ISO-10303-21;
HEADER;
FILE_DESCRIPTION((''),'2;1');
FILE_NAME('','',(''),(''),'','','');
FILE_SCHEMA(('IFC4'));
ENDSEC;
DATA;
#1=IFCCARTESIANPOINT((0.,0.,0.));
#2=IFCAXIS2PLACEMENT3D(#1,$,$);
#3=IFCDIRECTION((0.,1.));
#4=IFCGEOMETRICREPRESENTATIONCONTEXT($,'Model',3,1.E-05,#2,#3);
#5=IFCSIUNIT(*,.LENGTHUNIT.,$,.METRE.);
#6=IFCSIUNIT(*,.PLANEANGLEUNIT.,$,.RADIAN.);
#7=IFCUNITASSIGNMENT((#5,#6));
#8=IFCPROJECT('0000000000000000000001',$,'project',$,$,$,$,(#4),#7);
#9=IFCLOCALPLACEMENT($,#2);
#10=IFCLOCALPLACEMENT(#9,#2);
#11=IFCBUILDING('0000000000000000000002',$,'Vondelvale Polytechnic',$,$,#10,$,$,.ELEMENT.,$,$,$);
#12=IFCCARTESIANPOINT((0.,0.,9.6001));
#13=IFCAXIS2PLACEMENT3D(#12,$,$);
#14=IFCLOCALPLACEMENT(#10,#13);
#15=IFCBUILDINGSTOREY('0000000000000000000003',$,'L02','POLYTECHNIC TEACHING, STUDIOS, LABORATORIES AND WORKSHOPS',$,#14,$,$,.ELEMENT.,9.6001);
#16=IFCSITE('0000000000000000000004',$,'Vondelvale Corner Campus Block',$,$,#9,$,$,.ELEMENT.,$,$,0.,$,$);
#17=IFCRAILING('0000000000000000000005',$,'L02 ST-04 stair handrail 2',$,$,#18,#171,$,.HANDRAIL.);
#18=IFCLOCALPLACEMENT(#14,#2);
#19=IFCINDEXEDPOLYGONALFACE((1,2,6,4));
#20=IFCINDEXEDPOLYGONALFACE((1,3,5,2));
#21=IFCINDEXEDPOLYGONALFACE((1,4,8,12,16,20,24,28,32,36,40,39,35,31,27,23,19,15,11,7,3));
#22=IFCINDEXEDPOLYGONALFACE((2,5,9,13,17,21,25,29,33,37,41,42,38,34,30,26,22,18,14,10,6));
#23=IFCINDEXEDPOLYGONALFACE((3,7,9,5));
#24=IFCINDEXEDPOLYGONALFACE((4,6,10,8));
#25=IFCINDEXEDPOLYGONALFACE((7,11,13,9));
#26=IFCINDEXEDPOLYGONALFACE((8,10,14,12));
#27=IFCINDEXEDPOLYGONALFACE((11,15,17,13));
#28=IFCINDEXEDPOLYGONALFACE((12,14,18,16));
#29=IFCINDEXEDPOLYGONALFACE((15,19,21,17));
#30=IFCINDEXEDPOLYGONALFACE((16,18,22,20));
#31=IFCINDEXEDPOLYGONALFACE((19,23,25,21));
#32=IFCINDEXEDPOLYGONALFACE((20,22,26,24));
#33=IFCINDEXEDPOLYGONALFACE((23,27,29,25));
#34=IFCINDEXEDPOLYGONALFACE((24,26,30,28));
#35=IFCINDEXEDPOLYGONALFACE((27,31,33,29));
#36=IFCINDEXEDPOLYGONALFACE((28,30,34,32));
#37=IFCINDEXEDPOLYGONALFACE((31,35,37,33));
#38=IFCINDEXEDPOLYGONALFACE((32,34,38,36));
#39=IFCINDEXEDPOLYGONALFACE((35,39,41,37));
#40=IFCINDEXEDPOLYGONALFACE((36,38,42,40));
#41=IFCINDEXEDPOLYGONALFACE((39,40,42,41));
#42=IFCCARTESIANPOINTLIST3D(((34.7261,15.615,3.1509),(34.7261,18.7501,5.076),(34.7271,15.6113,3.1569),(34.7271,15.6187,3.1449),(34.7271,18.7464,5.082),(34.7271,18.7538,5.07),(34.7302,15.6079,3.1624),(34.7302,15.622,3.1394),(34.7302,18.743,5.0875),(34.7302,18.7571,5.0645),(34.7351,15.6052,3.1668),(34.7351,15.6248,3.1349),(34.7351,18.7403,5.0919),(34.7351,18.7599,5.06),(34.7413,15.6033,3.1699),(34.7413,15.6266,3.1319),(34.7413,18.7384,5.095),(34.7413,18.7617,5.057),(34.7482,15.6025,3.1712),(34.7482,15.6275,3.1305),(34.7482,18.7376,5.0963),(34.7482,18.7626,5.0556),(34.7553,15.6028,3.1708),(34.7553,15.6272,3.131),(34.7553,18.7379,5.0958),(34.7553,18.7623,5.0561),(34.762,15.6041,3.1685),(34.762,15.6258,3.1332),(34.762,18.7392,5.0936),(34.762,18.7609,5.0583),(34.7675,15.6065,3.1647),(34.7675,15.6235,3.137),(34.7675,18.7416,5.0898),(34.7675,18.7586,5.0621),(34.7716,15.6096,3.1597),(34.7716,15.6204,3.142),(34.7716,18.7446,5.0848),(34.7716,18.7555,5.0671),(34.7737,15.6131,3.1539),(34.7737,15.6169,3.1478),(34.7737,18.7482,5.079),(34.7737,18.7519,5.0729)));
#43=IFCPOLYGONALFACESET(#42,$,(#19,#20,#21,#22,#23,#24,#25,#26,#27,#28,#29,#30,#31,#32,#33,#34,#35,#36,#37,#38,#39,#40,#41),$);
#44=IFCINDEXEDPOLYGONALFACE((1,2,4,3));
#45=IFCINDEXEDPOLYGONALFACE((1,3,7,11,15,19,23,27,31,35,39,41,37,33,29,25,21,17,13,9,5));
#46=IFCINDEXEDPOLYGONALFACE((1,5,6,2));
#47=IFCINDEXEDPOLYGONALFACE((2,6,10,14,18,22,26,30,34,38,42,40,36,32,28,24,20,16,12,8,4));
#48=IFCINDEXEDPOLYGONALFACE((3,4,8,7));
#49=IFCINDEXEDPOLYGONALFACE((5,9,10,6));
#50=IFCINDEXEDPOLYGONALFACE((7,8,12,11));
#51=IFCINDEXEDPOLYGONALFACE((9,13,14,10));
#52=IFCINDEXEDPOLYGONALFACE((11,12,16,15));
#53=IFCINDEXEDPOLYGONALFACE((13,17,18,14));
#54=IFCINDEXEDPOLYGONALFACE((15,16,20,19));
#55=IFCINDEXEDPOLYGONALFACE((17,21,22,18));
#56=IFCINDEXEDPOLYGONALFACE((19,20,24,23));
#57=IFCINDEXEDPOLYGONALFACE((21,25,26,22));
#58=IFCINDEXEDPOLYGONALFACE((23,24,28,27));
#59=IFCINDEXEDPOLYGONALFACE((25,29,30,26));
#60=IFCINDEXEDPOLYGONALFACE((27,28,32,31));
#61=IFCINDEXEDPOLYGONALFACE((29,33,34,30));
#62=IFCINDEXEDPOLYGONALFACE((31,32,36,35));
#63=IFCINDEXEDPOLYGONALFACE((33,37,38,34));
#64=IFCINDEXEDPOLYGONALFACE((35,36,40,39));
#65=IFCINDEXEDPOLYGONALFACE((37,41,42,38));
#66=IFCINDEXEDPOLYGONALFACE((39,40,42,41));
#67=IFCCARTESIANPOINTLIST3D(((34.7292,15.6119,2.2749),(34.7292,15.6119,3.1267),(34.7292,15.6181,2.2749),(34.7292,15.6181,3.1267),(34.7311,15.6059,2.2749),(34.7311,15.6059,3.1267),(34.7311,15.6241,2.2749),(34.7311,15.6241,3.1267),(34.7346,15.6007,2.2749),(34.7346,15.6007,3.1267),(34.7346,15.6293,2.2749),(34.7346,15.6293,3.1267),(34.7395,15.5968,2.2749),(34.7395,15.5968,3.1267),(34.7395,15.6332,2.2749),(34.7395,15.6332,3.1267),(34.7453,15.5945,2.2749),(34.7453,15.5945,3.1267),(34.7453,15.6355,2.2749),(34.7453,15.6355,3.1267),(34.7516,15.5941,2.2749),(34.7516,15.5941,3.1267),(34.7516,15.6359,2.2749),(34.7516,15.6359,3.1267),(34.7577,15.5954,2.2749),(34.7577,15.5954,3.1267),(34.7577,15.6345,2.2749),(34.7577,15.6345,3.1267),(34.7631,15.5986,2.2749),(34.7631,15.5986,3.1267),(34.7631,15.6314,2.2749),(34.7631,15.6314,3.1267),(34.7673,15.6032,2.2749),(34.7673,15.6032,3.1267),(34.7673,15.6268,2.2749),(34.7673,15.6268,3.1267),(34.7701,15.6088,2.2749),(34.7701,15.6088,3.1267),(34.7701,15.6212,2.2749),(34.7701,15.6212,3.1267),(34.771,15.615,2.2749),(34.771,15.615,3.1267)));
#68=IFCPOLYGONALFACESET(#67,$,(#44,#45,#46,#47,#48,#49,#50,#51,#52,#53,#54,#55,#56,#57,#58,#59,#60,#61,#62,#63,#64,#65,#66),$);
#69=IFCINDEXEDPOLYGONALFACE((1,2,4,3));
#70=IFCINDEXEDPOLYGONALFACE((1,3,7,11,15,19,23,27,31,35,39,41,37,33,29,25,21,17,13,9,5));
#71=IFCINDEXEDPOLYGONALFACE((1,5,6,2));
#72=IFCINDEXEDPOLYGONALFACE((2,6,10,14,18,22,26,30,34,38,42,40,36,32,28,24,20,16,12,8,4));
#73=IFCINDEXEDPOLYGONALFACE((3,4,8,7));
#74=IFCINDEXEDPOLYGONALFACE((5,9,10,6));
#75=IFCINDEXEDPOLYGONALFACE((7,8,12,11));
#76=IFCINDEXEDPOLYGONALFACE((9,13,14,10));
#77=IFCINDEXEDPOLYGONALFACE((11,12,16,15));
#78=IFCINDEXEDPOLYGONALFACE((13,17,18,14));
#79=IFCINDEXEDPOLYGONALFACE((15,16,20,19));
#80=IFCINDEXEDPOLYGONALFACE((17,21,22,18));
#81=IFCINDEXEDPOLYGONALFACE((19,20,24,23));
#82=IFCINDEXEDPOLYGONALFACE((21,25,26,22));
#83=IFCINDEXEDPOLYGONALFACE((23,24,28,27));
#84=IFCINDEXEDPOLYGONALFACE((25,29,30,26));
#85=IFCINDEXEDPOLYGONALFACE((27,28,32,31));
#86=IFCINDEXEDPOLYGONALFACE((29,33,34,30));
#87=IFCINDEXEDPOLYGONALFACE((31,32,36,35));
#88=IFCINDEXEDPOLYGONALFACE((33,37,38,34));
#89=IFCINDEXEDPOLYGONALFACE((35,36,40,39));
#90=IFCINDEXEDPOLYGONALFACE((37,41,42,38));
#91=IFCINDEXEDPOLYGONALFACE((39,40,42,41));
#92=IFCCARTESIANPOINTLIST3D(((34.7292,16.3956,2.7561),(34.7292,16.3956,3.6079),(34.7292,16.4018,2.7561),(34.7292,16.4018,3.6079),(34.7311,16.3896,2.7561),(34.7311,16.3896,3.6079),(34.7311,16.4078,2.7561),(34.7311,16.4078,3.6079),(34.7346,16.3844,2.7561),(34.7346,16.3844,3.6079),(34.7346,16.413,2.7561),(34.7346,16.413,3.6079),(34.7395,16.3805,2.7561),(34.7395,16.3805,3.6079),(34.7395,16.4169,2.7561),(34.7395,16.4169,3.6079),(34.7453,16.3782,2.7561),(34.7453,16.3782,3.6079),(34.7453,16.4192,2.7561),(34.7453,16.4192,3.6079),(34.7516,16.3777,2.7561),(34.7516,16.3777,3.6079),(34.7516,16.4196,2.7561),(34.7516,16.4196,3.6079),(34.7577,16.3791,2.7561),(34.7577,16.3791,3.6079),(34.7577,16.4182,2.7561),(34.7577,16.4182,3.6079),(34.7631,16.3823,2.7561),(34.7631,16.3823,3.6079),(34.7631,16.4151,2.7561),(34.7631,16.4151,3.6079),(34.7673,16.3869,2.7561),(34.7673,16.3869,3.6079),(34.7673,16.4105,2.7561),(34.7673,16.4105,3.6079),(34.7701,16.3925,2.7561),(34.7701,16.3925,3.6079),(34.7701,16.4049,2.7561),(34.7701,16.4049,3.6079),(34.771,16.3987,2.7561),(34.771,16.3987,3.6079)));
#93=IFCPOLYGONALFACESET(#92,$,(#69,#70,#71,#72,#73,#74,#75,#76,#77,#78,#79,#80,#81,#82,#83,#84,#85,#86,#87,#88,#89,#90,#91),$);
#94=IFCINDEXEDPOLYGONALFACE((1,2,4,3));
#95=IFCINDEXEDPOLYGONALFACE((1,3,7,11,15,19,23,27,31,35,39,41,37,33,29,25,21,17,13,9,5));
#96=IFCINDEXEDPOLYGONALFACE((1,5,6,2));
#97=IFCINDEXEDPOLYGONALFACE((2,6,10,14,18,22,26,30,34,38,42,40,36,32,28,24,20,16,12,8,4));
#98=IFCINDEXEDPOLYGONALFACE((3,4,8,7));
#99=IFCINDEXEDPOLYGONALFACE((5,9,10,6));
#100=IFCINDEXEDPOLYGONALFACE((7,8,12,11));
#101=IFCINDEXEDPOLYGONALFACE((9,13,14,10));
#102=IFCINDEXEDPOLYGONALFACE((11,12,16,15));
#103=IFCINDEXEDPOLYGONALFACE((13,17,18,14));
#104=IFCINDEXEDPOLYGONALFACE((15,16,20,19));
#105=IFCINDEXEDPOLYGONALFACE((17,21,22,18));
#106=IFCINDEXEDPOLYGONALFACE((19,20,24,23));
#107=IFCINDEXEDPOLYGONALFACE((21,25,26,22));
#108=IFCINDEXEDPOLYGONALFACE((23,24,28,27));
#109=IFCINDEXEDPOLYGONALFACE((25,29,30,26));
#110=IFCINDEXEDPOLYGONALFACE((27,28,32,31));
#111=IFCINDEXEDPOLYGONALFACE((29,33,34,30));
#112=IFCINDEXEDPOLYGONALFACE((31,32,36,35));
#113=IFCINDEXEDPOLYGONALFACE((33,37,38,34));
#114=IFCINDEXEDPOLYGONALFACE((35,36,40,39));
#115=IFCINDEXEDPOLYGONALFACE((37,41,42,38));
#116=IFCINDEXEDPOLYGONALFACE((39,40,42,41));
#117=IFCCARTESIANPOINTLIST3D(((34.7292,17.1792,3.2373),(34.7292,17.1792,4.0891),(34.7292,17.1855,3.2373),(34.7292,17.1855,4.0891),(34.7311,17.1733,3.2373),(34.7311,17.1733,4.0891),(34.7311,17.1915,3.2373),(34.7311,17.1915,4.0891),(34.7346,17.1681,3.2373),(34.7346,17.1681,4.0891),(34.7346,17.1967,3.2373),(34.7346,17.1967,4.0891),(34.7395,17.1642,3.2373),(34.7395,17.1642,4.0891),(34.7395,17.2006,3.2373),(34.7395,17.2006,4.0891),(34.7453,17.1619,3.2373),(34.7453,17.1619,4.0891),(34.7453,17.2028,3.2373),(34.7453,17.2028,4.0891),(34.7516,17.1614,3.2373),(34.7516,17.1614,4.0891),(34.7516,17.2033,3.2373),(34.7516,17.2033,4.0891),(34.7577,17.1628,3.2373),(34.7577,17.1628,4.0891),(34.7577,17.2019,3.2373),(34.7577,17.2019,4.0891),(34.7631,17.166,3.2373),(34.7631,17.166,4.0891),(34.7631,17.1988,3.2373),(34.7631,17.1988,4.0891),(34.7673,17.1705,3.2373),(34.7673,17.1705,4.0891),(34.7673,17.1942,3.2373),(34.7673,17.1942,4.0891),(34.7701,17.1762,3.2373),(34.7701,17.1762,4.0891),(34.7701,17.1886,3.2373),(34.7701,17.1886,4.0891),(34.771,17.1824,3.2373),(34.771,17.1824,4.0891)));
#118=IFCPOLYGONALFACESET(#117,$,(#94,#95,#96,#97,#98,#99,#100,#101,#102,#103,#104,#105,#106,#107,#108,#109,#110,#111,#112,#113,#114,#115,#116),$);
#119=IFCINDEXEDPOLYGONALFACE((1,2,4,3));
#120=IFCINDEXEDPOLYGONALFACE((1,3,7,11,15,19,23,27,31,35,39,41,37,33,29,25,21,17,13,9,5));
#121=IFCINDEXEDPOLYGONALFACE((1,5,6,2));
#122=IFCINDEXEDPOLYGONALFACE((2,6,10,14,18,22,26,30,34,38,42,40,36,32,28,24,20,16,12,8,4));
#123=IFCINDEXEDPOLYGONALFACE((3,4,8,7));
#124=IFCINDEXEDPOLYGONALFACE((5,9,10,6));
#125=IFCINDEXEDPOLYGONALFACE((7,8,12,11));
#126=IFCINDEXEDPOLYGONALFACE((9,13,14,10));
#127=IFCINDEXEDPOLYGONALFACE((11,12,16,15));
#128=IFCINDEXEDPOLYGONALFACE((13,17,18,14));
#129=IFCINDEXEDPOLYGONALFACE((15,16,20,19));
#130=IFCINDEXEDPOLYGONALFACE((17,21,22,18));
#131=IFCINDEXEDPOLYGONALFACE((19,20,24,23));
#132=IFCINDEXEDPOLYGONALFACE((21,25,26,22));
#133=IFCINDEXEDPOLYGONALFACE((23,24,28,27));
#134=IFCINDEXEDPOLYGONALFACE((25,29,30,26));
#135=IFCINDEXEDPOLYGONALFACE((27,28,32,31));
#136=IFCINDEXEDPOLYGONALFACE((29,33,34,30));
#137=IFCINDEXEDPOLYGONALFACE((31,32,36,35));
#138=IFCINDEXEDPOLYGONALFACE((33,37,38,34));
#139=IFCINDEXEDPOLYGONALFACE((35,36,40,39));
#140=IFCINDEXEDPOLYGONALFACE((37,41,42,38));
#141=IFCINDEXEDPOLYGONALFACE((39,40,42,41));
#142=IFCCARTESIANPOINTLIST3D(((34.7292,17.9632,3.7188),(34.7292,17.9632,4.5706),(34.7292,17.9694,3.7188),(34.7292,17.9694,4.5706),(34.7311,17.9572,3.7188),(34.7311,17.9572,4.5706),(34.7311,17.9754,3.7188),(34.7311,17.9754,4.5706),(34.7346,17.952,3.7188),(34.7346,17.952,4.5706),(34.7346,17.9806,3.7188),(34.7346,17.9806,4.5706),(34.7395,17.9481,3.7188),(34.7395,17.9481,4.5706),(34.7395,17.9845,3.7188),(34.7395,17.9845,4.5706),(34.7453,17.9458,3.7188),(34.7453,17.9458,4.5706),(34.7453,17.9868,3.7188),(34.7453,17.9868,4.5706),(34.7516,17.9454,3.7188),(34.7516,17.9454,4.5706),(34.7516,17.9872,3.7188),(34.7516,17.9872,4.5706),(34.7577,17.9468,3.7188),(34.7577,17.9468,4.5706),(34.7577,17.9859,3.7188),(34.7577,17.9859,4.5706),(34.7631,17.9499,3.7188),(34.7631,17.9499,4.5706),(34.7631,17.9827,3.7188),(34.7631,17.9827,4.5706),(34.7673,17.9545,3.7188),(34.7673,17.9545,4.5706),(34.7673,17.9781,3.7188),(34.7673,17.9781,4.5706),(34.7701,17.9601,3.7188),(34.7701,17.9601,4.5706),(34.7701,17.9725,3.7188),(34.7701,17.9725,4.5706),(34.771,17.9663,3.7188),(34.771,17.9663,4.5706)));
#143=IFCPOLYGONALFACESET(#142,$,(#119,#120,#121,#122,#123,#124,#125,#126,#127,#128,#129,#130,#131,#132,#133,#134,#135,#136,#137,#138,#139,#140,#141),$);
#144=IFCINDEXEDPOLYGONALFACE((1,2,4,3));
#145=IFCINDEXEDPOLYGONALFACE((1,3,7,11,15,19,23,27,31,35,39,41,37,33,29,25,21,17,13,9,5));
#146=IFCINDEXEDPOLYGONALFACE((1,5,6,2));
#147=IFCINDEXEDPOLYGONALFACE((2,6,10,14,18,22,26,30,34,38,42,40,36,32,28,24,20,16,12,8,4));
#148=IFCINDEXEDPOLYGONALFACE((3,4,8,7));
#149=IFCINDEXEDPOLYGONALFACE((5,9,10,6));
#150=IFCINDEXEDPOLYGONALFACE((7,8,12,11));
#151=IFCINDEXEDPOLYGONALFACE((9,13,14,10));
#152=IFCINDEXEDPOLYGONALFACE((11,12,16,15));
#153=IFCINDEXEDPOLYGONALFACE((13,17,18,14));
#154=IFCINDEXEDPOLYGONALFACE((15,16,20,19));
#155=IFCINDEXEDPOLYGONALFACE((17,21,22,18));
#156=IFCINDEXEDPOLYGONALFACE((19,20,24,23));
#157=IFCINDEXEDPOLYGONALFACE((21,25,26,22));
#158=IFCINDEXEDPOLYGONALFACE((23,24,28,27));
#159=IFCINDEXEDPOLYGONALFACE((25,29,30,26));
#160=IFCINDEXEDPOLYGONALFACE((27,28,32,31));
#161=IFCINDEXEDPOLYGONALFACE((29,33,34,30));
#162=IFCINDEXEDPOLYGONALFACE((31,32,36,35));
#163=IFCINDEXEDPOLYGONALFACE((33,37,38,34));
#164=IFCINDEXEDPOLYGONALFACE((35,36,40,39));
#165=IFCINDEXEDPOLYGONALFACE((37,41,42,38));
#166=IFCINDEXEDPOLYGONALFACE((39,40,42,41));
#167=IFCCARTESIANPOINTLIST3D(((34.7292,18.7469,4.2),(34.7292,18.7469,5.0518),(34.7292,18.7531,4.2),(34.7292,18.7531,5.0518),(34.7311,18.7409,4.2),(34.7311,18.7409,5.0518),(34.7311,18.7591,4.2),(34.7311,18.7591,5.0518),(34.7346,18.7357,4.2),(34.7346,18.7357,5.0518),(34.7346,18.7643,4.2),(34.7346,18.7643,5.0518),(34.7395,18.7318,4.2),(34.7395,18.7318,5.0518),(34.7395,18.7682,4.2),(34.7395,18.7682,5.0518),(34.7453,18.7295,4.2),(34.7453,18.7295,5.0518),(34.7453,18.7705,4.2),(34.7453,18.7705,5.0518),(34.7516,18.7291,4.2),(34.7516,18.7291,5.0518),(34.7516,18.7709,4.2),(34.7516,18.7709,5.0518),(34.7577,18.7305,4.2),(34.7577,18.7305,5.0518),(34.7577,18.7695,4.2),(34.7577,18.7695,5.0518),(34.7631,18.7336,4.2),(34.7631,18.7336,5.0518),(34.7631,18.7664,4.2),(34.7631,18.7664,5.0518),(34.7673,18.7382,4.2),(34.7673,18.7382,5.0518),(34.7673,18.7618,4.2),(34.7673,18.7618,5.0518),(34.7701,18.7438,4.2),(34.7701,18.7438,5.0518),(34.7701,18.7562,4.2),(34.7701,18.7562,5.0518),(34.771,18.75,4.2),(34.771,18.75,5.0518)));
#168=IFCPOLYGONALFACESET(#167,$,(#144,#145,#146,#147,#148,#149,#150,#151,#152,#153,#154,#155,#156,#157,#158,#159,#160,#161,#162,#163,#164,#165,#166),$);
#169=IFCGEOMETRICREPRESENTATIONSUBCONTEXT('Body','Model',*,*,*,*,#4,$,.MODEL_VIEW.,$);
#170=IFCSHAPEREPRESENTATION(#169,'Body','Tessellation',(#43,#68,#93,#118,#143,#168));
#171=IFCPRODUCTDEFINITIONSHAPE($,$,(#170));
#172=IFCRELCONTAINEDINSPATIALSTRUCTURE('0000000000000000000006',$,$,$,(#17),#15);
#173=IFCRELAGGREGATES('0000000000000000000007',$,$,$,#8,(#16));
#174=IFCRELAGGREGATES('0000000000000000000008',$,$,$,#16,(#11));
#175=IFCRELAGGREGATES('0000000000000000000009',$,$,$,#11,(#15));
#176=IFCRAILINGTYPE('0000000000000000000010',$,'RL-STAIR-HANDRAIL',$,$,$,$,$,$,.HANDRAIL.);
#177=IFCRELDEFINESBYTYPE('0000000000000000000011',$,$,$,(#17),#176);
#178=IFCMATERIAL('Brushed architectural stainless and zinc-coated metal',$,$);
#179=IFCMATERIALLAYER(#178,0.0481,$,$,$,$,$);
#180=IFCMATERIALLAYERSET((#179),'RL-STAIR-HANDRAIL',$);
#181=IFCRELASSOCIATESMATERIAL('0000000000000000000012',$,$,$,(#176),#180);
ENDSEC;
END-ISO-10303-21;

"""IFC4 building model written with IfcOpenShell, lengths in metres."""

from ifc_helpers import new_model, si_unit, direction, frame, origin, origin_2d, place, context, subcontext, project, spatial, circle, extrude, material, layer, layer_set, type_object, element, save


model = new_model("IFC4")

# Units and contexts
model_context = context("Model", 3, precision=1e-05, world=origin(), true_north=direction((0.0, 1.0)))
body_context = subcontext(model_context, "Body", "Model", "MODEL_VIEW")
ifc_project = project(units=[si_unit("LENGTHUNIT", "METRE"), si_unit("PLANEANGLEUNIT", "RADIAN")], contexts=[model_context])

# Site, building, storey
site_placement = place(None, origin())
site = spatial("IfcSite", under=ifc_project, at=site_placement, Name="Vondelvale Corner Campus Block", CompositionType="ELEMENT", RefElevation=0.0)
building_placement = place(site_placement, origin())
building = spatial("IfcBuilding", under=site, at=building_placement, Name="Vondelvale Polytechnic", CompositionType="ELEMENT")
storey_placement = place(building_placement, frame((0.0, 0.0, 9.6001)))
storey = spatial("IfcBuildingStorey", under=building, at=storey_placement, Name="L02", Description="POLYTECHNIC TEACHING, STUDIOS, LABORATORIES AND WORKSHOPS", CompositionType="ELEMENT", Elevation=9.6001)

# Shared definitions
ifc_material_1 = material(Name="Brushed architectural stainless and zinc-coated metal")

# Railing
ifc_layer_1 = layer(ifc_material_1, 0.0481)
ifc_layer_set_1 = layer_set([ifc_layer_1], Name="RL-STAIR-HANDRAIL")
railing_type_1 = type_object("IfcRailingType", Name="RL-STAIR-HANDRAIL", PredefinedType="HANDRAIL", material=ifc_layer_set_1)
railing_1_placement = place(storey_placement, frame((34.75, 15.615, 2.2749)))
element("IfcRailing", 1, at=railing_1_placement, inside=storey, type_object=railing_type_1, Name="L02 ST-04 stair handrail 2", PredefinedType="HANDRAIL", context=body_context, shape_type="SweptSolid", body=[
    extrude(circle(Radius=0.0239, at=origin_2d()), frame((0.0, 0.0, 0.876), z_axis=(0.0, 0.852166, 0.523271), x_axis=(-1.0, 0.0, 0.0)), (0.0, 0.0, 1.0), 3.679),
    extrude(circle(Radius=0.021, at=origin_2d()), origin(), (0.0, 0.0, 1.0), 0.8518),
    extrude(circle(Radius=0.021, at=origin_2d()), frame((0.0, 0.7837, 0.4812)), (0.0, 0.0, 1.0), 0.8518),
    extrude(circle(Radius=0.021, at=origin_2d()), frame((0.0, 1.5674, 0.9624)), (0.0, 0.0, 1.0), 0.8518),
    extrude(circle(Radius=0.021, at=origin_2d()), frame((0.0, 2.3513, 1.4438)), (0.0, 0.0, 1.0), 0.8518),
    extrude(circle(Radius=0.021, at=origin_2d()), frame((0.0, 3.135, 1.925)), (0.0, 0.0, 1.0), 0.8518),
])

save(model, "model.ifc")
